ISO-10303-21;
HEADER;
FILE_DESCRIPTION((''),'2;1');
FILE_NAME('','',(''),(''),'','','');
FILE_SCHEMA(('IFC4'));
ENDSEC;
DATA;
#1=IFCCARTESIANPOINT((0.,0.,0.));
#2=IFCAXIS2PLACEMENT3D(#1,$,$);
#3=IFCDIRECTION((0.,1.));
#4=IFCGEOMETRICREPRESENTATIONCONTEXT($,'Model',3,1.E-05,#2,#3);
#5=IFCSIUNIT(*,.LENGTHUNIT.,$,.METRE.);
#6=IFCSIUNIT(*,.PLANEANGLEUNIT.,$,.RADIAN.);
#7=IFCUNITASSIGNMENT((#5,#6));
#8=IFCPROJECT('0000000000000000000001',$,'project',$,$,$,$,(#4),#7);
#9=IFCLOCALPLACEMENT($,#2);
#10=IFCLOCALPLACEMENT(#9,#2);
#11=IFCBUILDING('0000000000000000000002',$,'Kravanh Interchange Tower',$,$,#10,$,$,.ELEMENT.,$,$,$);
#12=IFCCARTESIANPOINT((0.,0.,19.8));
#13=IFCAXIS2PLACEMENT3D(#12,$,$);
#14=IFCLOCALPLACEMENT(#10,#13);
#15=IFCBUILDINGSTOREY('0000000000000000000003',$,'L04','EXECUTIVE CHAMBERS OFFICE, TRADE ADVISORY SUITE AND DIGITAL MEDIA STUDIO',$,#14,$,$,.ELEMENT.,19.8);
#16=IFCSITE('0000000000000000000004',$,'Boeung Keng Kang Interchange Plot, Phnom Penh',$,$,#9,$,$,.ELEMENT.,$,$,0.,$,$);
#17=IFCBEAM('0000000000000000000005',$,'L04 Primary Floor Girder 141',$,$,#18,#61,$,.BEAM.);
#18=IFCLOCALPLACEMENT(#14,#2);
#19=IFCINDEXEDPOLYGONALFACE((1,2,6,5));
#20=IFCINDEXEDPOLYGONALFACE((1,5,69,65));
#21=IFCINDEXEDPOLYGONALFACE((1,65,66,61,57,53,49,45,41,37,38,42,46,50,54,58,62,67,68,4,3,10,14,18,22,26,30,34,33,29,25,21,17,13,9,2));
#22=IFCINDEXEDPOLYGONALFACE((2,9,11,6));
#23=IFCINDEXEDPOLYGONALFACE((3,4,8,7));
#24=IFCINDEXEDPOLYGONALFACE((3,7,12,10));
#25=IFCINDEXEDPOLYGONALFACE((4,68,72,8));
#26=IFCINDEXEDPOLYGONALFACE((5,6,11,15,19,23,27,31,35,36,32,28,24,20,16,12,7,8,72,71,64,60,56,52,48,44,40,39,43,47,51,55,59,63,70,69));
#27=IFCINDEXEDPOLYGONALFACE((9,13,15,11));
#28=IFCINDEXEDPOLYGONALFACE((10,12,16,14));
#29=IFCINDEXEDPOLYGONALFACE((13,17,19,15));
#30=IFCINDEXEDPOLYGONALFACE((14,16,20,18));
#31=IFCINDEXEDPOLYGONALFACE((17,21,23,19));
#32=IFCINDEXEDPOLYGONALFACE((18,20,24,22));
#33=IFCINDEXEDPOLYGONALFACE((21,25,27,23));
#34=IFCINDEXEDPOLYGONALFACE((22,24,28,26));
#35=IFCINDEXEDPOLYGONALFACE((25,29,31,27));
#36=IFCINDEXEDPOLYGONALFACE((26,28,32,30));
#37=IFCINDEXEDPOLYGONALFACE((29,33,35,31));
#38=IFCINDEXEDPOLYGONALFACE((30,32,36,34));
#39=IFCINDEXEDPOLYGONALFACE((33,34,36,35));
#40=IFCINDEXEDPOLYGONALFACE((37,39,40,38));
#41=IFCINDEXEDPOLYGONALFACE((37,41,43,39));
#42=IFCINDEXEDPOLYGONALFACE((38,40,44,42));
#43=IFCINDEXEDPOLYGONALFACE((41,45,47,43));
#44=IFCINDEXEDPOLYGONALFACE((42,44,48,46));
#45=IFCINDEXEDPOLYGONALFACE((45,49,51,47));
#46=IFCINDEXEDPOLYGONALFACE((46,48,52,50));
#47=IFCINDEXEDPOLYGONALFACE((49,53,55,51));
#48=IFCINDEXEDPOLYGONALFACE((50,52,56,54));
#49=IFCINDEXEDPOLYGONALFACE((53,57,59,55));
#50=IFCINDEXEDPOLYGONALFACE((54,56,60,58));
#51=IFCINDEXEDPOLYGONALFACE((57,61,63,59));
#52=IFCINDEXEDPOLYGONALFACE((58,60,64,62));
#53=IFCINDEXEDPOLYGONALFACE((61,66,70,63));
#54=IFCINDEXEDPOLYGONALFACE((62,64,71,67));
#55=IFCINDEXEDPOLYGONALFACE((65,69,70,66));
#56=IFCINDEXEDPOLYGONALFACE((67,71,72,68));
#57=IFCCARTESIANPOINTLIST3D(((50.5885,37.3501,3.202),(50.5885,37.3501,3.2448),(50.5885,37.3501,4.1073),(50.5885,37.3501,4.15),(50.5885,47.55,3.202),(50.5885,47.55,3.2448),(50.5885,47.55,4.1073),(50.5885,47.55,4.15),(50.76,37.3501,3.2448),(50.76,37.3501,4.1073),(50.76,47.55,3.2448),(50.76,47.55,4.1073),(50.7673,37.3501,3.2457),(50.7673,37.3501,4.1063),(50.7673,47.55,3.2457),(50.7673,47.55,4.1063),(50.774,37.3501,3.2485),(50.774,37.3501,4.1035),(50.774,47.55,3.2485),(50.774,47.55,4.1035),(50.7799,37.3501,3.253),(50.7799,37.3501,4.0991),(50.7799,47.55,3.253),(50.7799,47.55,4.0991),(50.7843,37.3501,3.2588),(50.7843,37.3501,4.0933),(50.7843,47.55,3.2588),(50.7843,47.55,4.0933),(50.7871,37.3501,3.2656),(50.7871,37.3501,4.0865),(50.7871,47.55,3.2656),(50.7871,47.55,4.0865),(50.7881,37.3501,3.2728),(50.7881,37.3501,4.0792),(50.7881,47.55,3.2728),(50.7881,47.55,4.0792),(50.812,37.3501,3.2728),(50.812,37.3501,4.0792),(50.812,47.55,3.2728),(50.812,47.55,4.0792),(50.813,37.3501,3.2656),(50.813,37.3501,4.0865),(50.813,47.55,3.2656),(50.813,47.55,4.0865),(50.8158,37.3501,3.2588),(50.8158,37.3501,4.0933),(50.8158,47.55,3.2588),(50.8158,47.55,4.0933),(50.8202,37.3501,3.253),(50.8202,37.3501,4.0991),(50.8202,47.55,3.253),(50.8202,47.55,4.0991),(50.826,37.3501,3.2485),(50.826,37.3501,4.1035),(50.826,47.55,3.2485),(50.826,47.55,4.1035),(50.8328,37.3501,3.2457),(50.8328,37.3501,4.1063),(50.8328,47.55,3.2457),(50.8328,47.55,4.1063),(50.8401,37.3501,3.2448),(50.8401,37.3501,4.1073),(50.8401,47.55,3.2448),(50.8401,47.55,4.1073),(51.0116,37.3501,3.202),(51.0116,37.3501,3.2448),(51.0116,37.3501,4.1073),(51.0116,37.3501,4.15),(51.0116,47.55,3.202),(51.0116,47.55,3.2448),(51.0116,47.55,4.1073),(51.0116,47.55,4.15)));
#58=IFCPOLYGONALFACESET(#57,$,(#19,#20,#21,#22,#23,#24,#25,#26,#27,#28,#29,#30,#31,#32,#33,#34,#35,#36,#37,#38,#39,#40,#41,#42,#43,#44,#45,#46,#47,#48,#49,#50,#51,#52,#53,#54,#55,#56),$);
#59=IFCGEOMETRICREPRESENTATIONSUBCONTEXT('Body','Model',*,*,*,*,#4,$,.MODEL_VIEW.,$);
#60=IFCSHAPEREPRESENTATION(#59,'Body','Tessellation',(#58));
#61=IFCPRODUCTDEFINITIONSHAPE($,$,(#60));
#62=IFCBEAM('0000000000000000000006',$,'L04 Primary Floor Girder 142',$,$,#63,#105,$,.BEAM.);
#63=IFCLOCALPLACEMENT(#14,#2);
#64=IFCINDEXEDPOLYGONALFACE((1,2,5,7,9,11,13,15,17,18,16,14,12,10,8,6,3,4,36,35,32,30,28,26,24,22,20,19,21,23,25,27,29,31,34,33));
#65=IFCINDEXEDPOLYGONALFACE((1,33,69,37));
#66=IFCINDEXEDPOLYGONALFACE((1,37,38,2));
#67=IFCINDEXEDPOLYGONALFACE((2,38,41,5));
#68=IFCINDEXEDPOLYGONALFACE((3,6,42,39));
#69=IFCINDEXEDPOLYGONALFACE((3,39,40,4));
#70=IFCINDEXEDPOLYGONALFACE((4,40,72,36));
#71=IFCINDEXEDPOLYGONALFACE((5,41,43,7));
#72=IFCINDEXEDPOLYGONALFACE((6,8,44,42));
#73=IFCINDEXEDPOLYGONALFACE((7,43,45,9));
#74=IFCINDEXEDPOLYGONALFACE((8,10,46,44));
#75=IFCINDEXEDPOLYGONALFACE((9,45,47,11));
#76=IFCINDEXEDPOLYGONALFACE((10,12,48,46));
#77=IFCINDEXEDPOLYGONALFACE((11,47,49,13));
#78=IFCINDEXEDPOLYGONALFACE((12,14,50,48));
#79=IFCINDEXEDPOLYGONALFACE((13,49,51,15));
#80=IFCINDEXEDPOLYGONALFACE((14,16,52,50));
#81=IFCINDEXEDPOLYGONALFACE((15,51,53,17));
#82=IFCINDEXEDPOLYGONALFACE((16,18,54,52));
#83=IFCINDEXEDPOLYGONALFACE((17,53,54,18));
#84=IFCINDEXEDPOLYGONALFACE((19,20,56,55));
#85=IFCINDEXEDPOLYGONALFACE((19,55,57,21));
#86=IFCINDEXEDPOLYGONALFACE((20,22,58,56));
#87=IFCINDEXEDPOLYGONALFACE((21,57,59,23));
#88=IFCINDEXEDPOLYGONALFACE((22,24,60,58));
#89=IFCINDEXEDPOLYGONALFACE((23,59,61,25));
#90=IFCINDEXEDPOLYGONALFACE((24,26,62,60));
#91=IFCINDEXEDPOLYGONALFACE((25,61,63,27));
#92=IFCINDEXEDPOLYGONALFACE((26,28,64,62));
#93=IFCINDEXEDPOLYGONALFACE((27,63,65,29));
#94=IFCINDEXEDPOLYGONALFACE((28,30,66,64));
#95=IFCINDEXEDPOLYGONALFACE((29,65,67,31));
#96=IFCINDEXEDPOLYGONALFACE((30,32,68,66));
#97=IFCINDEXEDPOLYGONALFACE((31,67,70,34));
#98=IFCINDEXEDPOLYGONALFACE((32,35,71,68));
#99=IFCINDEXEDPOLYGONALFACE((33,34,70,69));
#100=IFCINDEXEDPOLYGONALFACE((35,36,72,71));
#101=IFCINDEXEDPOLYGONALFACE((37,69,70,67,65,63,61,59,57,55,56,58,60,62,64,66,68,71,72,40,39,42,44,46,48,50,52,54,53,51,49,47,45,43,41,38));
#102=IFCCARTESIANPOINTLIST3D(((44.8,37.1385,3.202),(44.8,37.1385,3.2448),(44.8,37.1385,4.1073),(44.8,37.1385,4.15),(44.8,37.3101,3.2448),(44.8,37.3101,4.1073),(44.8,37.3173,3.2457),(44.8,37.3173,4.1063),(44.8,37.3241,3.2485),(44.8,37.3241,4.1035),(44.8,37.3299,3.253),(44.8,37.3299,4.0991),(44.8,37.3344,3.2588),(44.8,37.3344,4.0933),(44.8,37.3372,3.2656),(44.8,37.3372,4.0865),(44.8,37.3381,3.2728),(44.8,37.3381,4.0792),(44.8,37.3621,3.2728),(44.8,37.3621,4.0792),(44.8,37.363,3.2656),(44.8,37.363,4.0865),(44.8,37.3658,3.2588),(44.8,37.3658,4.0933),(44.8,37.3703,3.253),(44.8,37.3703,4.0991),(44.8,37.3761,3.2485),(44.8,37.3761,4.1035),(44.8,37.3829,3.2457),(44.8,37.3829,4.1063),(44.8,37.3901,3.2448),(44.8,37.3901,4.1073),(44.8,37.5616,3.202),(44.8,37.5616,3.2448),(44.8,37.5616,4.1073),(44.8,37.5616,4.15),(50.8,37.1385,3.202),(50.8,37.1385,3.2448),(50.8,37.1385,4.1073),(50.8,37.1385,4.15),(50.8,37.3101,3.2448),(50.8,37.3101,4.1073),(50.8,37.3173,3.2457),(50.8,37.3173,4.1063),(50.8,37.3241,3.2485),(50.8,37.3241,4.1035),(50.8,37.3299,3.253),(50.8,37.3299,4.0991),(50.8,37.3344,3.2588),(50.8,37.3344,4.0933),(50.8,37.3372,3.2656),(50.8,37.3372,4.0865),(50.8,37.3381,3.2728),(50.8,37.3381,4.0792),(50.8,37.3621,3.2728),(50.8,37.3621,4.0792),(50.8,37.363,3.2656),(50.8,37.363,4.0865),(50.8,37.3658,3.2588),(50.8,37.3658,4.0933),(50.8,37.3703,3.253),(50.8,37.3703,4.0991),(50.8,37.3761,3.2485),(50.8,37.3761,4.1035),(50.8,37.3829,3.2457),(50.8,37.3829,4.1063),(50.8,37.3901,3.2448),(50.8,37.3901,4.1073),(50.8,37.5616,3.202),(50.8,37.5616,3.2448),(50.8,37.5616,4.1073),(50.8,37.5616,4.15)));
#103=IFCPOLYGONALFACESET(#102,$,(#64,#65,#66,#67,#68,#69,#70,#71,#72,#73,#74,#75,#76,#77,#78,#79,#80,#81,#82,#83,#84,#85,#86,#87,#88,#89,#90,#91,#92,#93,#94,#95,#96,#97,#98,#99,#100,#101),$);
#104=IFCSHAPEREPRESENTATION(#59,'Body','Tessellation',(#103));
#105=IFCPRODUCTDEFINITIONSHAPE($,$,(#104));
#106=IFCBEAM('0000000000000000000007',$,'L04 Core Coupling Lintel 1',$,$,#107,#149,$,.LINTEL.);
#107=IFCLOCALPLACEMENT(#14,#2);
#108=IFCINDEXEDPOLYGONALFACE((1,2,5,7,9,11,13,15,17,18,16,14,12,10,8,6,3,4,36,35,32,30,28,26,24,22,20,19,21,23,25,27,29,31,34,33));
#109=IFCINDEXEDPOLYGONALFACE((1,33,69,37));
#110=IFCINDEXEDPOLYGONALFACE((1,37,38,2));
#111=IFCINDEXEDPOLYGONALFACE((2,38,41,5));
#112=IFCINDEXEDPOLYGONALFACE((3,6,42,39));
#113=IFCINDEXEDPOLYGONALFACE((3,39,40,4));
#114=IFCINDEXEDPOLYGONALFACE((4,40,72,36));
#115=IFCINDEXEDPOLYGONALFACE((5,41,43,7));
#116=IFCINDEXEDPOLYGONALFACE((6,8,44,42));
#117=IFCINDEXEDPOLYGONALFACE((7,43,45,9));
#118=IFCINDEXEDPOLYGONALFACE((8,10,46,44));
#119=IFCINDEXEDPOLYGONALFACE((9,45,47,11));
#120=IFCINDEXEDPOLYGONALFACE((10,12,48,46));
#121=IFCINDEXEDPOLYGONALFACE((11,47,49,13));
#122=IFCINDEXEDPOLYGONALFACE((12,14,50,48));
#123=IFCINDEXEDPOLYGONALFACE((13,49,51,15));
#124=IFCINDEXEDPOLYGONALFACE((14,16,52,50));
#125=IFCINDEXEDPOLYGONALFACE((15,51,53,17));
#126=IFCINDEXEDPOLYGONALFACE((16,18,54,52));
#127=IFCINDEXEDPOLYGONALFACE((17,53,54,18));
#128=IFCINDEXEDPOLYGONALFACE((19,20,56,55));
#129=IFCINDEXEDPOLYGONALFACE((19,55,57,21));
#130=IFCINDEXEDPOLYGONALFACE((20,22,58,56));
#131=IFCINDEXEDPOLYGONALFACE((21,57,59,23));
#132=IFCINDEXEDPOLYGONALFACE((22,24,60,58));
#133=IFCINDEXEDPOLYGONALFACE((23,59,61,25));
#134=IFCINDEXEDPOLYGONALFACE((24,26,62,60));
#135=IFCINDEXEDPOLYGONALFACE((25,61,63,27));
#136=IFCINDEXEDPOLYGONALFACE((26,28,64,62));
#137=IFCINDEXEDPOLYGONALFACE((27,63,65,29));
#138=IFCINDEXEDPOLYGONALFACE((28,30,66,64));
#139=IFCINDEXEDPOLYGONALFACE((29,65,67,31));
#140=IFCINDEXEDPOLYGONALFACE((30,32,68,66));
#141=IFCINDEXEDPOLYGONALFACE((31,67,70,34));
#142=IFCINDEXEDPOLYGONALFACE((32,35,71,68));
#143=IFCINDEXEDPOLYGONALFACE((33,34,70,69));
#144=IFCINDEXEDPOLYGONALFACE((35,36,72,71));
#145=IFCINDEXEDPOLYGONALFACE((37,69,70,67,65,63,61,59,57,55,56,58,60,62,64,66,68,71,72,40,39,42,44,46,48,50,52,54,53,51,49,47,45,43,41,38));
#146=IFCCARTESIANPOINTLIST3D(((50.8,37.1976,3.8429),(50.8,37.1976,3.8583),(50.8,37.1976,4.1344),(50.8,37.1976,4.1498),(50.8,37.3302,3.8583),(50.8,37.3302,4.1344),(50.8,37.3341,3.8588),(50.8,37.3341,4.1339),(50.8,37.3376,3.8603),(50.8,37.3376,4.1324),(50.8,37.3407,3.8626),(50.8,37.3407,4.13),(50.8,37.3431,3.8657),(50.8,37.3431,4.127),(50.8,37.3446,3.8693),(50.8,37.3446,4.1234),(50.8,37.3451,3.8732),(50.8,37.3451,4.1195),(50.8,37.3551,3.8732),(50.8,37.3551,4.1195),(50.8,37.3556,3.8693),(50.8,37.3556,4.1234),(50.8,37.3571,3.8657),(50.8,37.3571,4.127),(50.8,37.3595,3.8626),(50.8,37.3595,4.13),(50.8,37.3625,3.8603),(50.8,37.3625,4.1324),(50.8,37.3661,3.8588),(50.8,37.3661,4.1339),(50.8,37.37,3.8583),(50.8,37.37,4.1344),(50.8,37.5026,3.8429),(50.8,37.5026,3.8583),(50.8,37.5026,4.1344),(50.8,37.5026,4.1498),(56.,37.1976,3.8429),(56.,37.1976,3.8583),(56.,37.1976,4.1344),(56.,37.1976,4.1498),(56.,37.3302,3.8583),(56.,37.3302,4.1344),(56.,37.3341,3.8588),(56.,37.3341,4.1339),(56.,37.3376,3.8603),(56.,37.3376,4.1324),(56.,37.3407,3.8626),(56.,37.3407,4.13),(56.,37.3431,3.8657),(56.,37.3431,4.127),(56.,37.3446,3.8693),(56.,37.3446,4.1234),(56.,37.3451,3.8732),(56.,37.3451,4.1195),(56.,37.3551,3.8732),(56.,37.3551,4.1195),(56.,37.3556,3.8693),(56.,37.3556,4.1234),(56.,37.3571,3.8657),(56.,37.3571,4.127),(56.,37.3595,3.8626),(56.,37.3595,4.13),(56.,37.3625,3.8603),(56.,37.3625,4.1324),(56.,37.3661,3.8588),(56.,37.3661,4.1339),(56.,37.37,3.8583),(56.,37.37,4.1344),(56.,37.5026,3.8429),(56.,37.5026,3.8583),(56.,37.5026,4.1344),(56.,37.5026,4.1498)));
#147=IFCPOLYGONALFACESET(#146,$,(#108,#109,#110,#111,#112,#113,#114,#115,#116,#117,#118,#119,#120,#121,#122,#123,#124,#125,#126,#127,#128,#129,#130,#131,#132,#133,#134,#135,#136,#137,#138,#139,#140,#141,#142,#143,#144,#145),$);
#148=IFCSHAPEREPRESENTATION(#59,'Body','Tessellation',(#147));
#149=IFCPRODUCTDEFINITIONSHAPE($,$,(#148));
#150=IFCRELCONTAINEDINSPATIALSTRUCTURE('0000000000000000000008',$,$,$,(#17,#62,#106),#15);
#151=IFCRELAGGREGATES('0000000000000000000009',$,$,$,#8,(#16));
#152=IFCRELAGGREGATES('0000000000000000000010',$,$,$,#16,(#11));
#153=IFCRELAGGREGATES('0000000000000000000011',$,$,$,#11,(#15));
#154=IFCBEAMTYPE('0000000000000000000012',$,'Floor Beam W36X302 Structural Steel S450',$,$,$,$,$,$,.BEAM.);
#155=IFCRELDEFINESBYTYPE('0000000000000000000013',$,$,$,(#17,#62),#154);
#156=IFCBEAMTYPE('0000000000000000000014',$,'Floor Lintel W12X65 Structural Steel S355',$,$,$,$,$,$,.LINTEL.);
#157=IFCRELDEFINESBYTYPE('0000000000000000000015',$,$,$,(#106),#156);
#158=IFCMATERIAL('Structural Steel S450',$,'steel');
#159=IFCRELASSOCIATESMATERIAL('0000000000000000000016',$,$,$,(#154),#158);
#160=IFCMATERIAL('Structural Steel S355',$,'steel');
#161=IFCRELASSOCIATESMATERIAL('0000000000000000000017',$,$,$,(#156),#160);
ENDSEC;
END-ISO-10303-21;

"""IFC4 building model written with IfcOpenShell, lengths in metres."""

from ifc_helpers import new_model, si_unit, direction, frame, origin, origin_2d, place, context, subcontext, project, spatial, i_section, extrude, material, material_profile, profile_set, type_object, element, save


model = new_model("IFC4")

# Units and contexts
model_context = context("Model", 3, precision=1e-05, world=origin(), true_north=direction((0.0, 1.0)))
body_context = subcontext(model_context, "Body", "Model", "MODEL_VIEW")
ifc_project = project(units=[si_unit("LENGTHUNIT", "METRE"), si_unit("PLANEANGLEUNIT", "RADIAN")], contexts=[model_context])

# Site, building, storey
site_placement = place(None, origin())
site = spatial("IfcSite", under=ifc_project, at=site_placement, Name="Boeung Keng Kang Interchange Plot, Phnom Penh", CompositionType="ELEMENT", RefElevation=0.0)
building_placement = place(site_placement, origin())
building = spatial("IfcBuilding", under=site, at=building_placement, Name="Kravanh Interchange Tower", CompositionType="ELEMENT")
storey_placement = place(building_placement, frame((0.0, 0.0, 19.8)))
storey = spatial("IfcBuildingStorey", under=building, at=storey_placement, Name="L04", Description="EXECUTIVE CHAMBERS OFFICE, TRADE ADVISORY SUITE AND DIGITAL MEDIA STUDIO", CompositionType="ELEMENT", Elevation=19.8)

# Beams
ifc_material_1 = material(Name="Structural Steel S450", Category="steel")
ifc_material_profile_1 = material_profile(ifc_material_1, i_section(OverallWidth=0.4231, OverallDepth=0.948, WebThickness=0.0239, FlangeThickness=0.0427, FilletRadius=0.0281, at=origin_2d()), Name="W36X302")
ifc_profile_set_1 = profile_set([ifc_material_profile_1], Name="Structural Steel S450")
beam_type_1 = type_object("IfcBeamType", Name="Floor Beam W36X302 Structural Steel S450", PredefinedType="BEAM", material=ifc_profile_set_1)
beam_1_placement = place(storey_placement, frame((50.8, 47.55, 3.676), z_axis=(0.0, -1.0, 0.0), x_axis=(1.0, 0.0, 0.0)))
element("IfcBeam", 1, at=beam_1_placement, inside=storey, type_object=beam_type_1, Name="L04 Primary Floor Girder 141", PredefinedType="BEAM", context=body_context, shape_type="SweptSolid", body=[
    extrude(i_section(OverallWidth=0.4231, OverallDepth=0.948, WebThickness=0.0239, FlangeThickness=0.0427, FilletRadius=0.0281, at=origin_2d()), origin(), (0.0, 0.0, 1.0), 10.2),
])
beam_2_placement = place(storey_placement, frame((50.8, 37.3501, 3.676), z_axis=(-1.0, 0.0, 0.0), x_axis=(0.0, -1.0, 0.0)))
element("IfcBeam", 2, at=beam_2_placement, inside=storey, type_object=beam_type_1, Name="L04 Primary Floor Girder 142", PredefinedType="BEAM", context=body_context, shape_type="SweptSolid", body=[
    extrude(i_section(OverallWidth=0.4231, OverallDepth=0.948, WebThickness=0.0239, FlangeThickness=0.0427, FilletRadius=0.0281, at=origin_2d()), origin(), (0.0, 0.0, 1.0), 6.0),
])
ifc_material_2 = material(Name="Structural Steel S355", Category="steel")
ifc_material_profile_2 = material_profile(ifc_material_2, i_section(OverallWidth=0.3049, OverallDepth=0.3069, WebThickness=0.01, FlangeThickness=0.0154, FilletRadius=0.0149, at=origin_2d()), Name="W12X65")
ifc_profile_set_2 = profile_set([ifc_material_profile_2], Name="Structural Steel S355")
beam_type_2 = type_object("IfcBeamType", Name="Floor Lintel W12X65 Structural Steel S355", PredefinedType="LINTEL", material=ifc_profile_set_2)
beam_3_placement = place(storey_placement, frame((50.8, 37.3501, 3.9963), z_axis=(1.0, 0.0, 0.0), x_axis=(0.0, 1.0, 0.0)))
element("IfcBeam", 3, at=beam_3_placement, inside=storey, type_object=beam_type_2, Name="L04 Core Coupling Lintel 1", PredefinedType="LINTEL", context=body_context, shape_type="SweptSolid", body=[
    extrude(i_section(OverallWidth=0.3049, OverallDepth=0.3069, WebThickness=0.01, FlangeThickness=0.0154, FilletRadius=0.0149, at=origin_2d()), origin(), (0.0, 0.0, 1.0), 5.2),
])

save(model, "model.ifc")
